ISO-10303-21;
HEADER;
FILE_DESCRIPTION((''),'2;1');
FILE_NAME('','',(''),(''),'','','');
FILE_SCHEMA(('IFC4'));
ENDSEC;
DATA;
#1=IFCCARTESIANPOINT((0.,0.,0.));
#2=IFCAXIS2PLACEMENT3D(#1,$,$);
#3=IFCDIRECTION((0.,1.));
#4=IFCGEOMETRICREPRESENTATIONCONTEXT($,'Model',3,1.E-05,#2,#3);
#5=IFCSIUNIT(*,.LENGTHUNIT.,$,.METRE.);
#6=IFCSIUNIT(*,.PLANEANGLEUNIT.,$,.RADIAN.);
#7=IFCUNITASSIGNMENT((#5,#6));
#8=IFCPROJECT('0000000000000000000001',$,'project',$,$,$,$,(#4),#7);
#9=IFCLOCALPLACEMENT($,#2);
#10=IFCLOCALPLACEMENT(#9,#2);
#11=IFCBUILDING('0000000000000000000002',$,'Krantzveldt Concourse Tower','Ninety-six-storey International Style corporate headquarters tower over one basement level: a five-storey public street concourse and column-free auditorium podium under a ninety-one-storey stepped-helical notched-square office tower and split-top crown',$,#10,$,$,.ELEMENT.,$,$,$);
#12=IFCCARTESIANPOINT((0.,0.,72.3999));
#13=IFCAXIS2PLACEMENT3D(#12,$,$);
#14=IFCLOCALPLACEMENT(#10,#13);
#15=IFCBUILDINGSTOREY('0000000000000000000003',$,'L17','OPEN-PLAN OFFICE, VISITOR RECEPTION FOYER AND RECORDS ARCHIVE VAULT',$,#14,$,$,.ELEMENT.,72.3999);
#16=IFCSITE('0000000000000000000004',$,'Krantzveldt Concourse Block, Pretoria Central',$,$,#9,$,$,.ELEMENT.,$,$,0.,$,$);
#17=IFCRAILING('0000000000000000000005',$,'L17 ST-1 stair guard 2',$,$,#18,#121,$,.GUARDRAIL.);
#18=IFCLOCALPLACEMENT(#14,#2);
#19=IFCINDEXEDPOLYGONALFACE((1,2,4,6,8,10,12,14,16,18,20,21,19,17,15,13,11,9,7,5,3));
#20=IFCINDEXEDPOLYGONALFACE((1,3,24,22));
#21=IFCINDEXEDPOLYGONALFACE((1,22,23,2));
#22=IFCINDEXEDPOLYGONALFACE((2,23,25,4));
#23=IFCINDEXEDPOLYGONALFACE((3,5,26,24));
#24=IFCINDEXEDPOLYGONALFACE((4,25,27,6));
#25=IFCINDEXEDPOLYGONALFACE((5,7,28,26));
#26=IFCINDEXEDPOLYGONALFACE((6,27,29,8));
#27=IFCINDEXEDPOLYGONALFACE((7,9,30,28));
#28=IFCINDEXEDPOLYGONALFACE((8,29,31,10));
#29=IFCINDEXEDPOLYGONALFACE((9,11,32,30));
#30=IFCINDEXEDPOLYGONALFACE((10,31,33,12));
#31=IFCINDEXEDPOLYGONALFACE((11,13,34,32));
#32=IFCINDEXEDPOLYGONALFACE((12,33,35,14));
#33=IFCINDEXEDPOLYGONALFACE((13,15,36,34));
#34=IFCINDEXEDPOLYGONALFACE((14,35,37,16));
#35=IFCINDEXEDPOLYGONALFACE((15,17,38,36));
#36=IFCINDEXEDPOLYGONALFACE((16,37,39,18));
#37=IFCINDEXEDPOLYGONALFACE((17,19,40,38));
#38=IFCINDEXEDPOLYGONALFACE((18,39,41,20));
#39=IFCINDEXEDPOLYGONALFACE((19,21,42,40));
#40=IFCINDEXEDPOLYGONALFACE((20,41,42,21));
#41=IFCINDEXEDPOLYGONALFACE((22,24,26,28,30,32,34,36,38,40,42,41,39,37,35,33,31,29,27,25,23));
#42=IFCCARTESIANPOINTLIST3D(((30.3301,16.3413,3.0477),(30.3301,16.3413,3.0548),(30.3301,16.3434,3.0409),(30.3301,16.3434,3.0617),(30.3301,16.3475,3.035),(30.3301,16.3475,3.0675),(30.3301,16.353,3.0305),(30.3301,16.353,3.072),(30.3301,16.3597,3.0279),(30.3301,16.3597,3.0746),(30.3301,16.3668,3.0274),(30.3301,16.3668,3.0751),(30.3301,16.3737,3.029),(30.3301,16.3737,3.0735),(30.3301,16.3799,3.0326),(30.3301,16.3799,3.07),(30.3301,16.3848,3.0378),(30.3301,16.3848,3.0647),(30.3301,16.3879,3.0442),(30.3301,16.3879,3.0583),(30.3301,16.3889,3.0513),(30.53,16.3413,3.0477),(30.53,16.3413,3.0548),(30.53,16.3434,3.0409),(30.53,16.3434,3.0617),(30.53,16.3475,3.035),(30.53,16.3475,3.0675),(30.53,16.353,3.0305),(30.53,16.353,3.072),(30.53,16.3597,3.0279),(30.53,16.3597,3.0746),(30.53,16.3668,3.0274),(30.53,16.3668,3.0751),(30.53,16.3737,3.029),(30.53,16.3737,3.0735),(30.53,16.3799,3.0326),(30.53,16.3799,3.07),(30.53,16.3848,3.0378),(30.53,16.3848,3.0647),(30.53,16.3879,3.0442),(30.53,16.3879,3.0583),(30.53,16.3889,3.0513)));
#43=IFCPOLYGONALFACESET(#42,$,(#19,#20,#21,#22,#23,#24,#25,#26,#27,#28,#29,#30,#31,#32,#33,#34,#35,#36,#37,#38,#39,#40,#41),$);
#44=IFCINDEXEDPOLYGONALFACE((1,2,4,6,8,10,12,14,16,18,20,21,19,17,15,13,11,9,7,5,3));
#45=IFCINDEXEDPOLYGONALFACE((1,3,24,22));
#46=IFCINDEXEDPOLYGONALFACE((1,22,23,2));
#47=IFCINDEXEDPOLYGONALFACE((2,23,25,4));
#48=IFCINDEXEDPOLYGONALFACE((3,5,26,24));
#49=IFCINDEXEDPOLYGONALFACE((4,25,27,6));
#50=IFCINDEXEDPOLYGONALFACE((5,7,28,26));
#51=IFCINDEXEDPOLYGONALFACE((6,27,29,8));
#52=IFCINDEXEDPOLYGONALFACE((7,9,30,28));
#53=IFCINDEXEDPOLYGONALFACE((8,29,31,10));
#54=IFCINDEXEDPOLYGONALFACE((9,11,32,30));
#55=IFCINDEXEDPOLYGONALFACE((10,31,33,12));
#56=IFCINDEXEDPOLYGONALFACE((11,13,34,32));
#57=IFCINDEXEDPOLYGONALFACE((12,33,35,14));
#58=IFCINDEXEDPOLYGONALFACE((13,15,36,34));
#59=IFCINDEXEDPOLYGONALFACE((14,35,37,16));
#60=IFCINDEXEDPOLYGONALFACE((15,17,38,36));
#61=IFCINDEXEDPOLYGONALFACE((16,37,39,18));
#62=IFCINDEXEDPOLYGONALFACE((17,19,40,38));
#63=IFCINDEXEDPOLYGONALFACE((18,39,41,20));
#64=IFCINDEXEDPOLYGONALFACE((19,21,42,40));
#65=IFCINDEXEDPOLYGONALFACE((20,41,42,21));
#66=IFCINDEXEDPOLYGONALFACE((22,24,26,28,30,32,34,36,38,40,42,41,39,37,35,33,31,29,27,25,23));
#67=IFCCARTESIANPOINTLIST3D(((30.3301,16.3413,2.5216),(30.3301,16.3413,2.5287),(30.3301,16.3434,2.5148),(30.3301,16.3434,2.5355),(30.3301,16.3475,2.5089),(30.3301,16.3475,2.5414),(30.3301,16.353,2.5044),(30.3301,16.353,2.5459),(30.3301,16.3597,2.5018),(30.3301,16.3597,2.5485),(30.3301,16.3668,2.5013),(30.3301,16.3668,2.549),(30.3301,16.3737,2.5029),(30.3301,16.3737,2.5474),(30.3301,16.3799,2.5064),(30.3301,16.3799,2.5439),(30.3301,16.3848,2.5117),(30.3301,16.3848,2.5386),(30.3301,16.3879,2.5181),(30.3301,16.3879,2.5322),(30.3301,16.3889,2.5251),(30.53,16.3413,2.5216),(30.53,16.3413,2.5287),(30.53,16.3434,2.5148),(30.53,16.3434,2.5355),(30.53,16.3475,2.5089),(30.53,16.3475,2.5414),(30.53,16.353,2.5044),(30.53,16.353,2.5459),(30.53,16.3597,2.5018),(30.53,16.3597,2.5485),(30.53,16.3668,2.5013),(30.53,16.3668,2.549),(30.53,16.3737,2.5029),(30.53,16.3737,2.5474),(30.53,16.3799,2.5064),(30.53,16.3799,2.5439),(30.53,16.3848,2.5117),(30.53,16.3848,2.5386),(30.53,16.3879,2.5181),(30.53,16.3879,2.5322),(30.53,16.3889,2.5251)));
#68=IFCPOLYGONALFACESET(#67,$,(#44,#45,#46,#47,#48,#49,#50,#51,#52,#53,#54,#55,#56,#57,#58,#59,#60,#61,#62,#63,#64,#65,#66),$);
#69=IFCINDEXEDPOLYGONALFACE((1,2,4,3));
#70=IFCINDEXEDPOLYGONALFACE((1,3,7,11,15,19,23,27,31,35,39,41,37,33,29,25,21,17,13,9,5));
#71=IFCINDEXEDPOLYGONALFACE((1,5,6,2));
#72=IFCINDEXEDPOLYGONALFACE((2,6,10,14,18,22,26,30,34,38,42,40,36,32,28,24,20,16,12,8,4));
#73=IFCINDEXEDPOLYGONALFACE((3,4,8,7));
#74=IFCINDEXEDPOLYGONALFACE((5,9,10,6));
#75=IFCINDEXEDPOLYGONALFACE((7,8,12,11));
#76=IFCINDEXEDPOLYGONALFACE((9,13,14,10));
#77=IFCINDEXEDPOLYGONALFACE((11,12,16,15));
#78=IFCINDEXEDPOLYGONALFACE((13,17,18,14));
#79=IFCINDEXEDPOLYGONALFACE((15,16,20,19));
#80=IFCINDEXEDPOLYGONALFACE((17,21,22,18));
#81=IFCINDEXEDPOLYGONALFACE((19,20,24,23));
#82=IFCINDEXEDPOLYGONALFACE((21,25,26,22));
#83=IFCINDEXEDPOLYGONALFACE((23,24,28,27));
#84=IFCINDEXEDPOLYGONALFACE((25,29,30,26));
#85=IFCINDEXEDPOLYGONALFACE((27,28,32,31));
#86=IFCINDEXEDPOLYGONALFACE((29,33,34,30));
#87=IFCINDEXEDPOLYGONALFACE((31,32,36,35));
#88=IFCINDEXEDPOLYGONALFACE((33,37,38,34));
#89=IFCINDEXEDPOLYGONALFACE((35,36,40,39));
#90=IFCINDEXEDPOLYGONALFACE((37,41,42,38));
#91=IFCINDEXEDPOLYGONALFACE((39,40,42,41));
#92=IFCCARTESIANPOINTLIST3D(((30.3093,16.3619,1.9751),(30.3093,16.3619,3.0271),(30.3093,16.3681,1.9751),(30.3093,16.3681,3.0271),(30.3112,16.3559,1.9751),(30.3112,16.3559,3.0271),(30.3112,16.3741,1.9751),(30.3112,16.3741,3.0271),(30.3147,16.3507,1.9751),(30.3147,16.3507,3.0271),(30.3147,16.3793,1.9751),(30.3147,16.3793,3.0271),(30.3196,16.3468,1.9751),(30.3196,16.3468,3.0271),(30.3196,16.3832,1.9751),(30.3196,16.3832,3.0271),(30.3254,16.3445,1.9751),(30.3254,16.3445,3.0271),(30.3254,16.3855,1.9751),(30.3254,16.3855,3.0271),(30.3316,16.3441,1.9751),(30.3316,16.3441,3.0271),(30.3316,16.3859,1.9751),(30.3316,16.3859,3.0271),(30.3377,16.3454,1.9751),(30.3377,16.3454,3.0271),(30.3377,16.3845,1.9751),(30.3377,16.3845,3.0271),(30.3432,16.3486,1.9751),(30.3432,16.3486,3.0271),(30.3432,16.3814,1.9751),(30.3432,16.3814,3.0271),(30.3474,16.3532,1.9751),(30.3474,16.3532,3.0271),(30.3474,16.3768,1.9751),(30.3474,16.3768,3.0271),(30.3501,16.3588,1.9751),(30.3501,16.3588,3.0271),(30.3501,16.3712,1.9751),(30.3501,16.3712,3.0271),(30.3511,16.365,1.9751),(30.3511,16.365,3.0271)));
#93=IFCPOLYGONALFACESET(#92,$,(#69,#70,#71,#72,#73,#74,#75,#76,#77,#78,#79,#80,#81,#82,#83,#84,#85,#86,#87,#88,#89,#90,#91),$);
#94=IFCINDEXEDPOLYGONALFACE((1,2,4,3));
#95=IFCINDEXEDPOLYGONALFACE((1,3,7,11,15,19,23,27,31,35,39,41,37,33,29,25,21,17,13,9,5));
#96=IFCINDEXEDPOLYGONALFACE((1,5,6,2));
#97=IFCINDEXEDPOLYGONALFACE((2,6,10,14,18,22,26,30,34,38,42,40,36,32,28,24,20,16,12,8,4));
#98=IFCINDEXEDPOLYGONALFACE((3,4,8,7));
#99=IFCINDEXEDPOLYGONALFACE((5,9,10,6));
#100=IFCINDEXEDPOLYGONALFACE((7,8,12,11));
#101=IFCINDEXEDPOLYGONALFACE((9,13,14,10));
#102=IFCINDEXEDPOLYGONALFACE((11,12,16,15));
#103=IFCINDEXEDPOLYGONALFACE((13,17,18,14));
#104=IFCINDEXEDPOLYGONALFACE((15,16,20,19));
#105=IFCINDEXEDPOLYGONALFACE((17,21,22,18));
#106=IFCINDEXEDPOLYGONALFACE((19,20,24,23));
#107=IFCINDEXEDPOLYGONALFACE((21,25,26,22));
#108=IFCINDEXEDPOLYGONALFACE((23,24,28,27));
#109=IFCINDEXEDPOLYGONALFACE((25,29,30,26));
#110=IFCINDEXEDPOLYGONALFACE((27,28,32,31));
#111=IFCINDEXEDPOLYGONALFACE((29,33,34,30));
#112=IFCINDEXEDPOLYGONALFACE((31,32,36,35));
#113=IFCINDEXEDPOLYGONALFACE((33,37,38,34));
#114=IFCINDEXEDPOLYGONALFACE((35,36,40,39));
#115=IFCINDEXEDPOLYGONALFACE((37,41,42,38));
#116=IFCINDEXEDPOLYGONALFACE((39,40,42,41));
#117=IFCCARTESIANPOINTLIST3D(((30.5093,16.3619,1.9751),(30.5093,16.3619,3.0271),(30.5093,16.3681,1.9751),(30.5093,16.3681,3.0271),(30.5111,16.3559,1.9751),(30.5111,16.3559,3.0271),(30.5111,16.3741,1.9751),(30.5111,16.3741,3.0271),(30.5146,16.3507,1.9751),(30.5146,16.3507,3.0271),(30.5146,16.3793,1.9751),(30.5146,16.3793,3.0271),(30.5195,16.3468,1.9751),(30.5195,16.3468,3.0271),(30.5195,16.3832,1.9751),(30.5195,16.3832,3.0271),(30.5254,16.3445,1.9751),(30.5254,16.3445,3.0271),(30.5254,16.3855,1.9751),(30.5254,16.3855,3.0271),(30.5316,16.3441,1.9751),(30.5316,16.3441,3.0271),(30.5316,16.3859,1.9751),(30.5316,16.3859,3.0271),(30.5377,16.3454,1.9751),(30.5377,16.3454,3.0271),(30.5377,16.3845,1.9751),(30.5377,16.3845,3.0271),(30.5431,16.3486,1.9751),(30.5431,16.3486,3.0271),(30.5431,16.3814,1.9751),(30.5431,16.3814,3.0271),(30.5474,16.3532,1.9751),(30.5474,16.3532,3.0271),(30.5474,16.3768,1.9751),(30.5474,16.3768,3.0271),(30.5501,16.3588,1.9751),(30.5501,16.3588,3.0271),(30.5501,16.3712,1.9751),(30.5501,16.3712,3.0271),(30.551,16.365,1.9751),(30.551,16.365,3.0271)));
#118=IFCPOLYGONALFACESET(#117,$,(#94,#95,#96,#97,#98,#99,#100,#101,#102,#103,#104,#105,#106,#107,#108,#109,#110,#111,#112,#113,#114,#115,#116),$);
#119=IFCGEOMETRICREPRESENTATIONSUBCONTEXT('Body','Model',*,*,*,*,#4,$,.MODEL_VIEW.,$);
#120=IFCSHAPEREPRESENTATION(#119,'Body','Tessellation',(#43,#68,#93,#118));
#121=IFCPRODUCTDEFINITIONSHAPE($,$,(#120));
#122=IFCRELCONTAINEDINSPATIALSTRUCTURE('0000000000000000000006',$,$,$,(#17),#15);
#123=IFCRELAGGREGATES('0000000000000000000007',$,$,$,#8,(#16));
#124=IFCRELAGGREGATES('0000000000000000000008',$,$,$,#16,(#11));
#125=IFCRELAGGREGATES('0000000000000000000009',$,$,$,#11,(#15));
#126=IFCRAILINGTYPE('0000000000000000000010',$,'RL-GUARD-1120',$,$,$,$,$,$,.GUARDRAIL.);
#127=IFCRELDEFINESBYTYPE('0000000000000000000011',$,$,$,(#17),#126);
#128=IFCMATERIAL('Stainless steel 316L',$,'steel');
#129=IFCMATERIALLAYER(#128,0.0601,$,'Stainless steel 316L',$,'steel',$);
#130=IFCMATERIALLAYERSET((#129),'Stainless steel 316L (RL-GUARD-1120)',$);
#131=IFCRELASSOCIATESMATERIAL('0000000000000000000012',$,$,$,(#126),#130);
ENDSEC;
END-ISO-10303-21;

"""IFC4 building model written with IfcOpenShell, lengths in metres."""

from ifc_helpers import new_model, si_unit, direction, frame, origin, origin_2d, place, context, subcontext, project, spatial, circle, extrude, material, layer, layer_set, type_object, element, save


model = new_model("IFC4")

# Units and contexts
model_context = context("Model", 3, precision=1e-05, world=origin(), true_north=direction((0.0, 1.0)))
body_context = subcontext(model_context, "Body", "Model", "MODEL_VIEW")
ifc_project = project(units=[si_unit("LENGTHUNIT", "METRE"), si_unit("PLANEANGLEUNIT", "RADIAN")], contexts=[model_context])

# Site, building, storey
site_placement = place(None, origin())
site = spatial("IfcSite", under=ifc_project, at=site_placement, Name="Krantzveldt Concourse Block, Pretoria Central", CompositionType="ELEMENT", RefElevation=0.0)
building_placement = place(site_placement, origin())
building = spatial("IfcBuilding", under=site, at=building_placement, Name="Krantzveldt Concourse Tower", Description="Ninety-six-storey International Style corporate headquarters tower over one basement level: a five-storey public street concourse and column-free auditorium podium under a ninety-one-storey stepped-helical notched-square office tower and split-top crown", CompositionType="ELEMENT")
storey_placement = place(building_placement, frame((0.0, 0.0, 72.3999)))
storey = spatial("IfcBuildingStorey", under=building, at=storey_placement, Name="L17", Description="OPEN-PLAN OFFICE, VISITOR RECEPTION FOYER AND RECORDS ARCHIVE VAULT", CompositionType="ELEMENT", Elevation=72.3999)

# Railing
ifc_material_1 = material(Name="Stainless steel 316L", Category="steel")
ifc_layer_1 = layer(ifc_material_1, 0.0601, Name="Stainless steel 316L", Category="steel")
ifc_layer_set_1 = layer_set([ifc_layer_1], Name="Stainless steel 316L (RL-GUARD-1120)")
railing_type_1 = type_object("IfcRailingType", Name="RL-GUARD-1120", PredefinedType="GUARDRAIL", material=ifc_layer_set_1)
railing_1_placement = place(storey_placement, frame((30.3301, 16.365, 1.9751)))
element("IfcRailing", 1, at=railing_1_placement, inside=storey, type_object=railing_type_1, Name="L17 ST-1 stair guard 2", PredefinedType="GUARDRAIL", context=body_context, shape_type="SweptSolid", body=[
    extrude(circle(Radius=0.0239, at=origin_2d()), frame((0.0, 0.0, 1.0762), z_axis=(1.0, 0.0, 0.0), x_axis=(0.0, 1.0, 0.0)), (0.0, 0.0, 1.0), 0.2),
    extrude(circle(Radius=0.0239, at=origin_2d()), frame((0.0, 0.0, 0.55), z_axis=(1.0, 0.0, 0.0), x_axis=(0.0, 1.0, 0.0)), (0.0, 0.0, 1.0), 0.2),
    extrude(circle(Radius=0.021, at=origin_2d()), origin(), (0.0, 0.0, 1.0), 1.052),
    extrude(circle(Radius=0.021, at=origin_2d()), frame((0.2, 0.0, 0.0)), (0.0, 0.0, 1.0), 1.052),
])

save(model, "model.ifc")
